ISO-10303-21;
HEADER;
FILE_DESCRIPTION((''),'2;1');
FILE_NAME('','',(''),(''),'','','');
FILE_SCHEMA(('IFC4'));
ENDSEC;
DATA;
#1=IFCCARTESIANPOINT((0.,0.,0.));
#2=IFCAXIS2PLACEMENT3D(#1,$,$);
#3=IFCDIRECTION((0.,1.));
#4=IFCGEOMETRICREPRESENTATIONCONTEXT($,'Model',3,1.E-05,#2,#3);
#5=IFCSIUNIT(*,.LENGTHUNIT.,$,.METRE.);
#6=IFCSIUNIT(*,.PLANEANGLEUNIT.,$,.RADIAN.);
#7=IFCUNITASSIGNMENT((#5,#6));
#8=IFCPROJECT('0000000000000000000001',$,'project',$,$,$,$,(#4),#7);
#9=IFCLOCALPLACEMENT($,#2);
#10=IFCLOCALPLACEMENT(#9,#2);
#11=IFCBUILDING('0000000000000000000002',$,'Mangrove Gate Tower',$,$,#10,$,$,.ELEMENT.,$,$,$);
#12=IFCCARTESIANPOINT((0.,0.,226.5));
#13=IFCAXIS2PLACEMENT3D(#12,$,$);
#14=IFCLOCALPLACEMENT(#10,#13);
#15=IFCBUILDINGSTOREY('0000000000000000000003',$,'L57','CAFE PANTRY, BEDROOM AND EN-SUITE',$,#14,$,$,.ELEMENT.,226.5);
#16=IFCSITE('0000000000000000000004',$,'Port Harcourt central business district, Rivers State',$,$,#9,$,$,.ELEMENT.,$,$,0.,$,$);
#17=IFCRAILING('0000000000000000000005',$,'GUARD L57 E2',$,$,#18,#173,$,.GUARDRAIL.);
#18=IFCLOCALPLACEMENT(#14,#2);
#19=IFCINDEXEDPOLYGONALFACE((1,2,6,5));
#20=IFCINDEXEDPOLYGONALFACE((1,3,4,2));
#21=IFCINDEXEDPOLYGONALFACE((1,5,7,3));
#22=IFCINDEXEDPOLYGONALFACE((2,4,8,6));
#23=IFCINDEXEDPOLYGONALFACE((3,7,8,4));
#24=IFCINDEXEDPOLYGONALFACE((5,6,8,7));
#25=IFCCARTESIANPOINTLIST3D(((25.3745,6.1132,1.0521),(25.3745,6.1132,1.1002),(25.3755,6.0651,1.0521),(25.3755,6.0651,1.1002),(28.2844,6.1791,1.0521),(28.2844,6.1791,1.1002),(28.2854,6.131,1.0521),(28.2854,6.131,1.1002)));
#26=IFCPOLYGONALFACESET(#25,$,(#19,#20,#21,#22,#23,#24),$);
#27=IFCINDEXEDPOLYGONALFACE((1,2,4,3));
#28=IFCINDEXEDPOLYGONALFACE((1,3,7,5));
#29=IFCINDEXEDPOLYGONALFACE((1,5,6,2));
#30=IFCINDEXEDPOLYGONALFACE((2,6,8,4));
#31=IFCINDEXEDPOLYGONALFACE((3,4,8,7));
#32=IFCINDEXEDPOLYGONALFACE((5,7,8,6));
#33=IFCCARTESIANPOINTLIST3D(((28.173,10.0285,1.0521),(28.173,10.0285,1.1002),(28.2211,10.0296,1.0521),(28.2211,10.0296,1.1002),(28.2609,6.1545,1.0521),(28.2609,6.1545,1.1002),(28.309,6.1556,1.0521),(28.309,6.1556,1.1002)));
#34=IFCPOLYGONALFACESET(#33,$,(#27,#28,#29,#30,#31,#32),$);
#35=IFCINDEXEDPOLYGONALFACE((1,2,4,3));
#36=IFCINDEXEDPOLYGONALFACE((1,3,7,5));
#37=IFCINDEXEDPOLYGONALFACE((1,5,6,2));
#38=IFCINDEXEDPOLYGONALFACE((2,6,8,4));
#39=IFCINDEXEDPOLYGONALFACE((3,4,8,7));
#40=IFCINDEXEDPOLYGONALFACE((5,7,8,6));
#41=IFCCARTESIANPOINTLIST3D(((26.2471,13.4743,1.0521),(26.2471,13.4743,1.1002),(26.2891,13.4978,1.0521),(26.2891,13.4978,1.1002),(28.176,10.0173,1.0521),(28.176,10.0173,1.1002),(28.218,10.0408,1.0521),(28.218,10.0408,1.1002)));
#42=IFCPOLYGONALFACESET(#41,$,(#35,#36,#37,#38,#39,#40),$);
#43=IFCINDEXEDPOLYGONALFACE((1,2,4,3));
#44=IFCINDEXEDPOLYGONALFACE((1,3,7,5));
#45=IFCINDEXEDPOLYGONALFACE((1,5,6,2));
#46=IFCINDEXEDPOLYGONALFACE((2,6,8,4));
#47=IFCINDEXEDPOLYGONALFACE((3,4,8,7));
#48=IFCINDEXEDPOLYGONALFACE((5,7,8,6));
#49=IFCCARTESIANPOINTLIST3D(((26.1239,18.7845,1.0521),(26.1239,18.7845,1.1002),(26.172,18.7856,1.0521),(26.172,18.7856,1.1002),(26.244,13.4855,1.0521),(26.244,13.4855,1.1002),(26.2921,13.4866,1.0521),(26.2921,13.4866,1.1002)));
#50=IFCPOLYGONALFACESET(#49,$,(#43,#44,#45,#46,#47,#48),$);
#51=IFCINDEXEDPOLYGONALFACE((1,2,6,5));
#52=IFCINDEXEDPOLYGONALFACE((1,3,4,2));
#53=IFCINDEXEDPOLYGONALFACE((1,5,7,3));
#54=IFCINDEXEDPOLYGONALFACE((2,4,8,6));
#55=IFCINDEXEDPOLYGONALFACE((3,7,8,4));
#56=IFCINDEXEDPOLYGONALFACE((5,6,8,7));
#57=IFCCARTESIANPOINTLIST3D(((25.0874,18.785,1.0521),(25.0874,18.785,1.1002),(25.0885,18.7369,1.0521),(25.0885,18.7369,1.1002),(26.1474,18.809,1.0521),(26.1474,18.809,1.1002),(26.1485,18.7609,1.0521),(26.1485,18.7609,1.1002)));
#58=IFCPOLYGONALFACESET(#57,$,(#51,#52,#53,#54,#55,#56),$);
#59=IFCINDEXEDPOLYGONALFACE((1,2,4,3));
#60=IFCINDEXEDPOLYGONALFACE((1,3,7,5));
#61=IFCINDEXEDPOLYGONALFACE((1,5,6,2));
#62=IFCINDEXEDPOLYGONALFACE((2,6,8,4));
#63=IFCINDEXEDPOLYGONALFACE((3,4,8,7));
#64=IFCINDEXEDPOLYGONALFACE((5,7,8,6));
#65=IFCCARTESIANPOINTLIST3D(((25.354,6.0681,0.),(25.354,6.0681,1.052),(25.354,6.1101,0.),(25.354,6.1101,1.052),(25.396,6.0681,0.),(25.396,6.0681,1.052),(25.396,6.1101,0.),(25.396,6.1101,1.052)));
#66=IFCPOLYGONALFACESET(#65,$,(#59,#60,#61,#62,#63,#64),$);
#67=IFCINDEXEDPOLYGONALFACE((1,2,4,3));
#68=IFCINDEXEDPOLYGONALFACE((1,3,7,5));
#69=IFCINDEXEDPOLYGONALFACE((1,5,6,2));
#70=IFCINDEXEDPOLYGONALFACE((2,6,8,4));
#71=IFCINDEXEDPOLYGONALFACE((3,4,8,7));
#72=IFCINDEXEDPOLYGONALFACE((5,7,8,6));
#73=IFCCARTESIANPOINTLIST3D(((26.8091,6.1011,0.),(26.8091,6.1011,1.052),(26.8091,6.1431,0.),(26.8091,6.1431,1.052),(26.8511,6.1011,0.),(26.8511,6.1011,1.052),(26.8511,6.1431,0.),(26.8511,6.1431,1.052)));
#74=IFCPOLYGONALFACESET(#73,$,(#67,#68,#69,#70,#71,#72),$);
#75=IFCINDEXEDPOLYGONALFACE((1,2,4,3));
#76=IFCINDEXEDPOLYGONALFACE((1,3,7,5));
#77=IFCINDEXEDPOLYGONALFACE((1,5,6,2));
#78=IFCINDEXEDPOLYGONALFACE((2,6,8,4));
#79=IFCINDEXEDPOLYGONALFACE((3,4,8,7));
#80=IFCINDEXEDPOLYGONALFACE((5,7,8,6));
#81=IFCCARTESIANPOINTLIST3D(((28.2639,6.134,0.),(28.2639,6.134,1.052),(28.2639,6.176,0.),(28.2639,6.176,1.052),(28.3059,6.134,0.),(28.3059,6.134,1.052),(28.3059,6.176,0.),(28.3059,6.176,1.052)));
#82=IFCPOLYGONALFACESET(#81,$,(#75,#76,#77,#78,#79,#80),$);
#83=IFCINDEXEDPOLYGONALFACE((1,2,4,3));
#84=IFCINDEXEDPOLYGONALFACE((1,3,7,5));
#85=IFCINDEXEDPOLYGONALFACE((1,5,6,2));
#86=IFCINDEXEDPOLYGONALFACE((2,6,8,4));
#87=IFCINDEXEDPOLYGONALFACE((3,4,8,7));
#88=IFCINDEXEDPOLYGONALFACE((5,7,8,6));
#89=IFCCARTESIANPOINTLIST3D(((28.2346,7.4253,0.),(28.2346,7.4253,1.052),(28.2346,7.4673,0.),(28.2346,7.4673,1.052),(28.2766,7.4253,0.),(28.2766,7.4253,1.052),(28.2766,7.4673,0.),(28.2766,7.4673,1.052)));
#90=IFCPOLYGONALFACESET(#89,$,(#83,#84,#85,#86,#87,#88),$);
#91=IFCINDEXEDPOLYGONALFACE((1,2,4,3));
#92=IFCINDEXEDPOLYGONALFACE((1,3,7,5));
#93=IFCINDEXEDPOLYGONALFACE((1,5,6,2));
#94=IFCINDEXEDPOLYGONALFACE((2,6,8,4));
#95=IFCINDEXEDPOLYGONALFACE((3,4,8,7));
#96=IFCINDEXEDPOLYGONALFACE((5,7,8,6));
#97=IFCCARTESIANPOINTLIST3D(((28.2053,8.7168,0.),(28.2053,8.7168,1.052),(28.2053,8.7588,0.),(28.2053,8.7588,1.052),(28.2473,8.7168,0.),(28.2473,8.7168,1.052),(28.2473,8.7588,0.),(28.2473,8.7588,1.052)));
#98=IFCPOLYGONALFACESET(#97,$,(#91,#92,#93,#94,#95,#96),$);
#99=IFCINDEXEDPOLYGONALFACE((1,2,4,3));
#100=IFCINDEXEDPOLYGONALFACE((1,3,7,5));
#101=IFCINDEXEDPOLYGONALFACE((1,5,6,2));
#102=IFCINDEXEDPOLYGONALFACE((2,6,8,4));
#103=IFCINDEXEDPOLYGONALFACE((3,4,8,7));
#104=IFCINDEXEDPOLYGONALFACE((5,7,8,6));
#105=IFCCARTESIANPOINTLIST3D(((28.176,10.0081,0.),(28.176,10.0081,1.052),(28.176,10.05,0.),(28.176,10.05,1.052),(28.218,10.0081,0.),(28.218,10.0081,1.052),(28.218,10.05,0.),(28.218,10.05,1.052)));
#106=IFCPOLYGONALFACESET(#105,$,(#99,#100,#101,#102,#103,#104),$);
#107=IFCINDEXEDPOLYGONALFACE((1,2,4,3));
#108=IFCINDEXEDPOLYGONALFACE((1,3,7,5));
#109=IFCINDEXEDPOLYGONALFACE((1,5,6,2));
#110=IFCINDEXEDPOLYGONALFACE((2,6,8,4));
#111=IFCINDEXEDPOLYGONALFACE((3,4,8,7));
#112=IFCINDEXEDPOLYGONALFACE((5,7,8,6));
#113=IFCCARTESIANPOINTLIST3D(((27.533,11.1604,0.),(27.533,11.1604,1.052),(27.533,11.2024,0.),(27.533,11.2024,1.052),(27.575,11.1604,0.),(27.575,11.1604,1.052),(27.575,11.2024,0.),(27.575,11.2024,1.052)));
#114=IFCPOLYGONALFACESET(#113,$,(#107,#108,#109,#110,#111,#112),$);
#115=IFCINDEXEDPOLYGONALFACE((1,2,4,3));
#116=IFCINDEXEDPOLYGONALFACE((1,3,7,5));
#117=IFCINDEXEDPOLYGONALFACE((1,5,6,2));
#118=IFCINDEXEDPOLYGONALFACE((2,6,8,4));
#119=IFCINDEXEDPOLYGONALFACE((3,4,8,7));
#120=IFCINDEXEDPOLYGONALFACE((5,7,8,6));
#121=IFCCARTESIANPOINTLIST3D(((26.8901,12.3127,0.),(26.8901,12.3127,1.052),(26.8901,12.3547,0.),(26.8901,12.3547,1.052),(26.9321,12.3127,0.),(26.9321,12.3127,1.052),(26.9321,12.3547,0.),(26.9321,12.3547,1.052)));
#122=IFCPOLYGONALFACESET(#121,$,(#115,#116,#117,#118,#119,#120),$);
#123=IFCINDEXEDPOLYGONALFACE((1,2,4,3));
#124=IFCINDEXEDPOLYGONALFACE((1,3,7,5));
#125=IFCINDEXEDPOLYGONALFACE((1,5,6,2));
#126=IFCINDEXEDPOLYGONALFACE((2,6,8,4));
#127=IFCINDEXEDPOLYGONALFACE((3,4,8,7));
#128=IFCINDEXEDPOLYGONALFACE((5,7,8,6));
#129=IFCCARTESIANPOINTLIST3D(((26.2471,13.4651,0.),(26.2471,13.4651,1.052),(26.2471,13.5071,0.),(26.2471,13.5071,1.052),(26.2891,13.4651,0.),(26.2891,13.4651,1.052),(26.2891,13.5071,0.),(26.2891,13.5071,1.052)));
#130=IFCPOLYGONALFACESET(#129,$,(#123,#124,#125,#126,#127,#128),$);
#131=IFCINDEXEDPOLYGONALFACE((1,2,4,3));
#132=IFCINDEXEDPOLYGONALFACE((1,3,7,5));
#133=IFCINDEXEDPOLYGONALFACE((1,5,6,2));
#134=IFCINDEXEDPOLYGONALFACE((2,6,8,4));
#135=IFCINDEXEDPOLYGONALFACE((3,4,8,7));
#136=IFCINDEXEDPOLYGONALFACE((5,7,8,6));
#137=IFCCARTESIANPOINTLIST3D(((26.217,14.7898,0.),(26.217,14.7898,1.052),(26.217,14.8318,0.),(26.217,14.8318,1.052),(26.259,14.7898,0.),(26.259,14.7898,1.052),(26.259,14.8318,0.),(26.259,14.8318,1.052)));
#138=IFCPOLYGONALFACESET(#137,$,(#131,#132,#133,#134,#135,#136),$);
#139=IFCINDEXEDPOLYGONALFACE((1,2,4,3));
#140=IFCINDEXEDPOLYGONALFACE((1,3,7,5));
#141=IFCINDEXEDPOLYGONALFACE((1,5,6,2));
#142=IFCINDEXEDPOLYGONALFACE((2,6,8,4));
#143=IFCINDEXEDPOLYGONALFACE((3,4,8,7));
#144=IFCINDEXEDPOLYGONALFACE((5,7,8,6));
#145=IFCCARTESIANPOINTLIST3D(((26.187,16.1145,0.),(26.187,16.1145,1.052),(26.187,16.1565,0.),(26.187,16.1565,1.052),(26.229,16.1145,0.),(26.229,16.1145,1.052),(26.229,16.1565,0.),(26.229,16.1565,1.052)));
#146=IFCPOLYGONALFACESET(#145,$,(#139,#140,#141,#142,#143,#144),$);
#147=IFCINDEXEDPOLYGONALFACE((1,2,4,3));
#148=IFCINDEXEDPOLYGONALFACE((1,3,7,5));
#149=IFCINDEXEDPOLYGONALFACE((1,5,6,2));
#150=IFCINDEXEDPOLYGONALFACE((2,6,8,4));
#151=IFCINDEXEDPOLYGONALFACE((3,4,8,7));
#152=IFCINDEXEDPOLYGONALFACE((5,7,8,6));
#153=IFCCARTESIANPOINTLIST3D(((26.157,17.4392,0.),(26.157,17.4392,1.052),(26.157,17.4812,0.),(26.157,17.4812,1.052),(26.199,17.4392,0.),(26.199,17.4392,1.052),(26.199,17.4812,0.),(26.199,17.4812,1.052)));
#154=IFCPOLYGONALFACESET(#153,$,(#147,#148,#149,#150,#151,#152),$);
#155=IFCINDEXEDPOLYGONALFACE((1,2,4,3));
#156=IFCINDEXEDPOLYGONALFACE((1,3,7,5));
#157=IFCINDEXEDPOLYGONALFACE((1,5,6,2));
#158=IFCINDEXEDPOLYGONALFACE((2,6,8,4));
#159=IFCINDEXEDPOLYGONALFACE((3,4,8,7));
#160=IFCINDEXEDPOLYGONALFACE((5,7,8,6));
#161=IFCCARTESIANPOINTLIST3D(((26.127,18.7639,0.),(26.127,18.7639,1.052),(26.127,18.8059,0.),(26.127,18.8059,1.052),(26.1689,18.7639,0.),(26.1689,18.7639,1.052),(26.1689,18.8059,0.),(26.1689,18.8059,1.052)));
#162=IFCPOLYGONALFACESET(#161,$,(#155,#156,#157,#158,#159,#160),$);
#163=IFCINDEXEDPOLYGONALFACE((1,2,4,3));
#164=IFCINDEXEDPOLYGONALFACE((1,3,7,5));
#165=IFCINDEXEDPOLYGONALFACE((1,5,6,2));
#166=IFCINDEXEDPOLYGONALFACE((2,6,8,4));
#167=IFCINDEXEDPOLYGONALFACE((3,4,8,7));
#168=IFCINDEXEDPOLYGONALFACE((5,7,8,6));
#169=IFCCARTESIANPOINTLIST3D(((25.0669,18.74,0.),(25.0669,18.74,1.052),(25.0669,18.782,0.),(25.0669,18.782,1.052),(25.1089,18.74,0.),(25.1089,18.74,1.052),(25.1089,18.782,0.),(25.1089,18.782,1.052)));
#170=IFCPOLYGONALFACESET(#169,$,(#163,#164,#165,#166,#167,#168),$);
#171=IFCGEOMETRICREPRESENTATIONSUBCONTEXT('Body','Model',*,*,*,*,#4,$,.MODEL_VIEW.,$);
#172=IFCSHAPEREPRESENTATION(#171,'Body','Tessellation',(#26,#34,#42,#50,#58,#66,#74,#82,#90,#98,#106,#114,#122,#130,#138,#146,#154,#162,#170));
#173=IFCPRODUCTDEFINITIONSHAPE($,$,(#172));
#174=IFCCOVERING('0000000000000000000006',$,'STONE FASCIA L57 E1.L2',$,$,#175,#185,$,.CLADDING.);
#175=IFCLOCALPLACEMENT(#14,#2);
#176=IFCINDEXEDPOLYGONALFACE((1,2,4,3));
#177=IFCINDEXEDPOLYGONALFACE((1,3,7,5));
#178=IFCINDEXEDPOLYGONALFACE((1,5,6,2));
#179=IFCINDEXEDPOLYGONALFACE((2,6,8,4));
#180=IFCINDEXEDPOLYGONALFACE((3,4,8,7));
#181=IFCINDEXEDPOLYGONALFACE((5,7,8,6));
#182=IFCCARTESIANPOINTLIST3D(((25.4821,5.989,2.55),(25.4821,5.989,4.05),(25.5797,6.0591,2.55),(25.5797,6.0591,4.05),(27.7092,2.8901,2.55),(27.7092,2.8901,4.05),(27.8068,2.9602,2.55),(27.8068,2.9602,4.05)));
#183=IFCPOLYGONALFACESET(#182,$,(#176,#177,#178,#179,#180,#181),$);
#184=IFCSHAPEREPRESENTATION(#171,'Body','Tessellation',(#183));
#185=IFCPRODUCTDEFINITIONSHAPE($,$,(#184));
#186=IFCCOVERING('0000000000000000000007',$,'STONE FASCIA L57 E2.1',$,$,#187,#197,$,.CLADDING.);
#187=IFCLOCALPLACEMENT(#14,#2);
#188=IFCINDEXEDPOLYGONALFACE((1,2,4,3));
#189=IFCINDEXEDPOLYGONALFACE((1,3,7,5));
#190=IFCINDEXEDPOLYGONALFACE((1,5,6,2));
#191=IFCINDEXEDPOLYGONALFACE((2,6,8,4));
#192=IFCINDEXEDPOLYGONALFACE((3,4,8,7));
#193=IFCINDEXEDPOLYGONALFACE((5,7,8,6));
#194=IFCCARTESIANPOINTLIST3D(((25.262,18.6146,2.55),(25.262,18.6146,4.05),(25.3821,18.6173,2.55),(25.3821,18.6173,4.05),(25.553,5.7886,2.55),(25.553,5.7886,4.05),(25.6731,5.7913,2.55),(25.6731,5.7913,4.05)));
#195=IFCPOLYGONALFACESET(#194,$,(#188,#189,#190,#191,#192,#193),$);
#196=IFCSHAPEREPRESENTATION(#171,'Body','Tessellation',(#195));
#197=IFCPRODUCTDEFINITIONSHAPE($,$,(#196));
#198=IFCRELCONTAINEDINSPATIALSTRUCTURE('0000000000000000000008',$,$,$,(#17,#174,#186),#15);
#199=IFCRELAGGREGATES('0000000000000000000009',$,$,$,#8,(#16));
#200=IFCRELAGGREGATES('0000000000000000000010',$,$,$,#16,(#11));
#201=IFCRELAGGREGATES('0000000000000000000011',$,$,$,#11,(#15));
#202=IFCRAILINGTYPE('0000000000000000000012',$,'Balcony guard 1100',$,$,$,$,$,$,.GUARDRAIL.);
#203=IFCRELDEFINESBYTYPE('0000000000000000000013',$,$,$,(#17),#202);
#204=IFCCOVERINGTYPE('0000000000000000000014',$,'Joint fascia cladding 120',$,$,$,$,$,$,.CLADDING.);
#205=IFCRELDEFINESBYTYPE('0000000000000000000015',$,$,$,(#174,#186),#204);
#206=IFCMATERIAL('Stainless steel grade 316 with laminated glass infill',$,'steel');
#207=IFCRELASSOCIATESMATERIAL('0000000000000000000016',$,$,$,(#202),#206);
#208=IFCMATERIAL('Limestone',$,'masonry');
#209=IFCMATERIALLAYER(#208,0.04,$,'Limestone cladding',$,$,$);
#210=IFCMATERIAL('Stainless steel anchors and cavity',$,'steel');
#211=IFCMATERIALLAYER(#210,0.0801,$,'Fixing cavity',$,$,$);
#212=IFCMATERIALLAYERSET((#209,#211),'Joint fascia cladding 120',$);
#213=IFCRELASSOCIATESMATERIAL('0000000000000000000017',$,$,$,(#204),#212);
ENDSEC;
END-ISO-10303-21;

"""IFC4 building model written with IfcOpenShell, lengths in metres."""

from ifc_helpers import new_model, si_unit, direction, frame, frame_2d, origin, origin_2d, place, context, subcontext, project, spatial, rectangle, extrude, material, layer, layer_set, type_object, element, save


model = new_model("IFC4")

# Units and contexts
model_context = context("Model", 3, precision=1e-05, world=origin(), true_north=direction((0.0, 1.0)))
body_context = subcontext(model_context, "Body", "Model", "MODEL_VIEW")
ifc_project = project(units=[si_unit("LENGTHUNIT", "METRE"), si_unit("PLANEANGLEUNIT", "RADIAN")], contexts=[model_context])

# Site, building, storey
site_placement = place(None, origin())
site = spatial("IfcSite", under=ifc_project, at=site_placement, Name="Port Harcourt central business district, Rivers State", CompositionType="ELEMENT", RefElevation=0.0)
building_placement = place(site_placement, origin())
building = spatial("IfcBuilding", under=site, at=building_placement, Name="Mangrove Gate Tower", CompositionType="ELEMENT")
storey_placement = place(building_placement, frame((0.0, 0.0, 226.5)))
storey = spatial("IfcBuildingStorey", under=building, at=storey_placement, Name="L57", Description="CAFE PANTRY, BEDROOM AND EN-SUITE", CompositionType="ELEMENT", Elevation=226.5)

# Shared definitions
ifc_material_1 = material(Name="Limestone", Category="masonry")

# Railing
ifc_material_2 = material(Name="Stainless steel grade 316 with laminated glass infill", Category="steel")
railing_type = type_object("IfcRailingType", Name="Balcony guard 1100", PredefinedType="GUARDRAIL", material=ifc_material_2)
railing_placement = place(storey_placement, frame((25.375, 6.0891, 0.0)))
element("IfcRailing", 1, at=railing_placement, inside=storey, type_object=railing_type, Name="GUARD L57 E2", PredefinedType="GUARDRAIL", context=body_context, shape_type="SweptSolid", body=[
    extrude(rectangle(XDim=0.0481, YDim=0.0481, at=origin_2d()), frame((0.0, 0.0, 1.0762), z_axis=(0.999744, 0.022647, 0.0), x_axis=(-0.022647, 0.999744, 0.0)), (0.0, 0.0, 1.0), 2.9106),
    extrude(rectangle(XDim=0.0481, YDim=0.0481, at=origin_2d()), frame((2.9099, 0.0659, 1.0762), z_axis=(-0.022681, 0.999743, 0.0), x_axis=(-0.999743, -0.022681, 0.0)), (0.0, 0.0, 1.0), 3.875),
    extrude(rectangle(XDim=0.0481, YDim=0.0481, at=origin_2d()), frame((2.822, 3.9399, 1.0762), z_axis=(-0.48726, 0.873257, 0.0), x_axis=(-0.873257, -0.48726, 0.0)), (0.0, 0.0, 1.0), 3.9587),
    extrude(rectangle(XDim=0.0481, YDim=0.0481, at=origin_2d()), frame((0.8931, 7.397, 1.0762), z_axis=(-0.022663, 0.999743, 0.0), x_axis=(-0.999743, -0.022663, 0.0)), (0.0, 0.0, 1.0), 5.3003),
    extrude(rectangle(XDim=0.0481, YDim=0.0481, at=origin_2d()), frame((0.7729, 12.6958, 1.0762), z_axis=(-0.999745, -0.022564, 0.0), x_axis=(0.022564, -0.999745, 0.0)), (0.0, 0.0, 1.0), 1.0603),
    extrude(rectangle(XDim=0.042, YDim=0.042, at=origin_2d()), origin(), (0.0, 0.0, 1.0), 1.052),
    extrude(rectangle(XDim=0.042, YDim=0.042, at=origin_2d()), frame((1.4551, 0.033, 0.0)), (0.0, 0.0, 1.0), 1.052),
    extrude(rectangle(XDim=0.042, YDim=0.042, at=origin_2d()), frame((2.9099, 0.0659, 0.0)), (0.0, 0.0, 1.0), 1.052),
    extrude(rectangle(XDim=0.042, YDim=0.042, at=origin_2d()), frame((2.8806, 1.3572, 0.0)), (0.0, 0.0, 1.0), 1.052),
    extrude(rectangle(XDim=0.042, YDim=0.042, at=origin_2d()), frame((2.8513, 2.6487, 0.0)), (0.0, 0.0, 1.0), 1.052),
    extrude(rectangle(XDim=0.042, YDim=0.042, at=origin_2d()), frame((2.822, 3.9399, 0.0)), (0.0, 0.0, 1.0), 1.052),
    extrude(rectangle(XDim=0.042, YDim=0.042, at=origin_2d()), frame((2.179, 5.0923, 0.0)), (0.0, 0.0, 1.0), 1.052),
    extrude(rectangle(XDim=0.042, YDim=0.042, at=origin_2d()), frame((1.5361, 6.2446, 0.0)), (0.0, 0.0, 1.0), 1.052),
    extrude(rectangle(XDim=0.042, YDim=0.042, at=origin_2d()), frame((0.8931, 7.397, 0.0)), (0.0, 0.0, 1.0), 1.052),
    extrude(rectangle(XDim=0.042, YDim=0.042, at=origin_2d()), frame((0.863, 8.7217, 0.0)), (0.0, 0.0, 1.0), 1.052),
    extrude(rectangle(XDim=0.042, YDim=0.042, at=origin_2d()), frame((0.833, 10.0464, 0.0)), (0.0, 0.0, 1.0), 1.052),
    extrude(rectangle(XDim=0.042, YDim=0.042, at=origin_2d()), frame((0.803, 11.3711, 0.0)), (0.0, 0.0, 1.0), 1.052),
    extrude(rectangle(XDim=0.042, YDim=0.042, at=origin_2d()), frame((0.7729, 12.6958, 0.0)), (0.0, 0.0, 1.0), 1.052),
    extrude(rectangle(XDim=0.042, YDim=0.042, at=origin_2d()), frame((-0.2871, 12.6719, 0.0)), (0.0, 0.0, 1.0), 1.052),
])

# Coverings
ifc_layer_1 = layer(ifc_material_1, 0.04, Name="Limestone cladding")
ifc_material_3 = material(Name="Stainless steel anchors and cavity", Category="steel")
ifc_layer_2 = layer(ifc_material_3, 0.0801, Name="Fixing cavity")
ifc_layer_set_1 = layer_set([ifc_layer_1, ifc_layer_2], Name="Joint fascia cladding 120")
covering_type = type_object("IfcCoveringType", Name="Joint fascia cladding 120", PredefinedType="CLADDING", material=ifc_layer_set_1)
covering_1_placement = place(storey_placement, frame((27.7581, 2.925, 2.55), z_axis=(0.0, 0.0, 1.0), x_axis=(-0.58359, 0.812049, 0.0)))
element("IfcCovering", 2, at=covering_1_placement, inside=storey, type_object=covering_type, Name="STONE FASCIA L57 E1.L2", PredefinedType="CLADDING", context=body_context, shape_type="SweptSolid", body=[
    extrude(rectangle(XDim=3.8162, YDim=0.1201, at=frame_2d((1.9082, 0.0))), origin(), (0.0, 0.0, 1.0), 1.5),
])
covering_2_placement = place(storey_placement, frame((25.613, 5.79, 2.55), z_axis=(0.0, 0.0, 1.0), x_axis=(-0.022684, 0.999743, 0.0)))
element("IfcCovering", 3, at=covering_2_placement, inside=storey, type_object=covering_type, Name="STONE FASCIA L57 E2.1", PredefinedType="CLADDING", context=body_context, shape_type="SweptSolid", body=[
    extrude(rectangle(XDim=12.8293, YDim=0.1201, at=frame_2d((6.4146, 0.0))), origin(), (0.0, 0.0, 1.0), 1.5),
])

save(model, "model.ifc")
